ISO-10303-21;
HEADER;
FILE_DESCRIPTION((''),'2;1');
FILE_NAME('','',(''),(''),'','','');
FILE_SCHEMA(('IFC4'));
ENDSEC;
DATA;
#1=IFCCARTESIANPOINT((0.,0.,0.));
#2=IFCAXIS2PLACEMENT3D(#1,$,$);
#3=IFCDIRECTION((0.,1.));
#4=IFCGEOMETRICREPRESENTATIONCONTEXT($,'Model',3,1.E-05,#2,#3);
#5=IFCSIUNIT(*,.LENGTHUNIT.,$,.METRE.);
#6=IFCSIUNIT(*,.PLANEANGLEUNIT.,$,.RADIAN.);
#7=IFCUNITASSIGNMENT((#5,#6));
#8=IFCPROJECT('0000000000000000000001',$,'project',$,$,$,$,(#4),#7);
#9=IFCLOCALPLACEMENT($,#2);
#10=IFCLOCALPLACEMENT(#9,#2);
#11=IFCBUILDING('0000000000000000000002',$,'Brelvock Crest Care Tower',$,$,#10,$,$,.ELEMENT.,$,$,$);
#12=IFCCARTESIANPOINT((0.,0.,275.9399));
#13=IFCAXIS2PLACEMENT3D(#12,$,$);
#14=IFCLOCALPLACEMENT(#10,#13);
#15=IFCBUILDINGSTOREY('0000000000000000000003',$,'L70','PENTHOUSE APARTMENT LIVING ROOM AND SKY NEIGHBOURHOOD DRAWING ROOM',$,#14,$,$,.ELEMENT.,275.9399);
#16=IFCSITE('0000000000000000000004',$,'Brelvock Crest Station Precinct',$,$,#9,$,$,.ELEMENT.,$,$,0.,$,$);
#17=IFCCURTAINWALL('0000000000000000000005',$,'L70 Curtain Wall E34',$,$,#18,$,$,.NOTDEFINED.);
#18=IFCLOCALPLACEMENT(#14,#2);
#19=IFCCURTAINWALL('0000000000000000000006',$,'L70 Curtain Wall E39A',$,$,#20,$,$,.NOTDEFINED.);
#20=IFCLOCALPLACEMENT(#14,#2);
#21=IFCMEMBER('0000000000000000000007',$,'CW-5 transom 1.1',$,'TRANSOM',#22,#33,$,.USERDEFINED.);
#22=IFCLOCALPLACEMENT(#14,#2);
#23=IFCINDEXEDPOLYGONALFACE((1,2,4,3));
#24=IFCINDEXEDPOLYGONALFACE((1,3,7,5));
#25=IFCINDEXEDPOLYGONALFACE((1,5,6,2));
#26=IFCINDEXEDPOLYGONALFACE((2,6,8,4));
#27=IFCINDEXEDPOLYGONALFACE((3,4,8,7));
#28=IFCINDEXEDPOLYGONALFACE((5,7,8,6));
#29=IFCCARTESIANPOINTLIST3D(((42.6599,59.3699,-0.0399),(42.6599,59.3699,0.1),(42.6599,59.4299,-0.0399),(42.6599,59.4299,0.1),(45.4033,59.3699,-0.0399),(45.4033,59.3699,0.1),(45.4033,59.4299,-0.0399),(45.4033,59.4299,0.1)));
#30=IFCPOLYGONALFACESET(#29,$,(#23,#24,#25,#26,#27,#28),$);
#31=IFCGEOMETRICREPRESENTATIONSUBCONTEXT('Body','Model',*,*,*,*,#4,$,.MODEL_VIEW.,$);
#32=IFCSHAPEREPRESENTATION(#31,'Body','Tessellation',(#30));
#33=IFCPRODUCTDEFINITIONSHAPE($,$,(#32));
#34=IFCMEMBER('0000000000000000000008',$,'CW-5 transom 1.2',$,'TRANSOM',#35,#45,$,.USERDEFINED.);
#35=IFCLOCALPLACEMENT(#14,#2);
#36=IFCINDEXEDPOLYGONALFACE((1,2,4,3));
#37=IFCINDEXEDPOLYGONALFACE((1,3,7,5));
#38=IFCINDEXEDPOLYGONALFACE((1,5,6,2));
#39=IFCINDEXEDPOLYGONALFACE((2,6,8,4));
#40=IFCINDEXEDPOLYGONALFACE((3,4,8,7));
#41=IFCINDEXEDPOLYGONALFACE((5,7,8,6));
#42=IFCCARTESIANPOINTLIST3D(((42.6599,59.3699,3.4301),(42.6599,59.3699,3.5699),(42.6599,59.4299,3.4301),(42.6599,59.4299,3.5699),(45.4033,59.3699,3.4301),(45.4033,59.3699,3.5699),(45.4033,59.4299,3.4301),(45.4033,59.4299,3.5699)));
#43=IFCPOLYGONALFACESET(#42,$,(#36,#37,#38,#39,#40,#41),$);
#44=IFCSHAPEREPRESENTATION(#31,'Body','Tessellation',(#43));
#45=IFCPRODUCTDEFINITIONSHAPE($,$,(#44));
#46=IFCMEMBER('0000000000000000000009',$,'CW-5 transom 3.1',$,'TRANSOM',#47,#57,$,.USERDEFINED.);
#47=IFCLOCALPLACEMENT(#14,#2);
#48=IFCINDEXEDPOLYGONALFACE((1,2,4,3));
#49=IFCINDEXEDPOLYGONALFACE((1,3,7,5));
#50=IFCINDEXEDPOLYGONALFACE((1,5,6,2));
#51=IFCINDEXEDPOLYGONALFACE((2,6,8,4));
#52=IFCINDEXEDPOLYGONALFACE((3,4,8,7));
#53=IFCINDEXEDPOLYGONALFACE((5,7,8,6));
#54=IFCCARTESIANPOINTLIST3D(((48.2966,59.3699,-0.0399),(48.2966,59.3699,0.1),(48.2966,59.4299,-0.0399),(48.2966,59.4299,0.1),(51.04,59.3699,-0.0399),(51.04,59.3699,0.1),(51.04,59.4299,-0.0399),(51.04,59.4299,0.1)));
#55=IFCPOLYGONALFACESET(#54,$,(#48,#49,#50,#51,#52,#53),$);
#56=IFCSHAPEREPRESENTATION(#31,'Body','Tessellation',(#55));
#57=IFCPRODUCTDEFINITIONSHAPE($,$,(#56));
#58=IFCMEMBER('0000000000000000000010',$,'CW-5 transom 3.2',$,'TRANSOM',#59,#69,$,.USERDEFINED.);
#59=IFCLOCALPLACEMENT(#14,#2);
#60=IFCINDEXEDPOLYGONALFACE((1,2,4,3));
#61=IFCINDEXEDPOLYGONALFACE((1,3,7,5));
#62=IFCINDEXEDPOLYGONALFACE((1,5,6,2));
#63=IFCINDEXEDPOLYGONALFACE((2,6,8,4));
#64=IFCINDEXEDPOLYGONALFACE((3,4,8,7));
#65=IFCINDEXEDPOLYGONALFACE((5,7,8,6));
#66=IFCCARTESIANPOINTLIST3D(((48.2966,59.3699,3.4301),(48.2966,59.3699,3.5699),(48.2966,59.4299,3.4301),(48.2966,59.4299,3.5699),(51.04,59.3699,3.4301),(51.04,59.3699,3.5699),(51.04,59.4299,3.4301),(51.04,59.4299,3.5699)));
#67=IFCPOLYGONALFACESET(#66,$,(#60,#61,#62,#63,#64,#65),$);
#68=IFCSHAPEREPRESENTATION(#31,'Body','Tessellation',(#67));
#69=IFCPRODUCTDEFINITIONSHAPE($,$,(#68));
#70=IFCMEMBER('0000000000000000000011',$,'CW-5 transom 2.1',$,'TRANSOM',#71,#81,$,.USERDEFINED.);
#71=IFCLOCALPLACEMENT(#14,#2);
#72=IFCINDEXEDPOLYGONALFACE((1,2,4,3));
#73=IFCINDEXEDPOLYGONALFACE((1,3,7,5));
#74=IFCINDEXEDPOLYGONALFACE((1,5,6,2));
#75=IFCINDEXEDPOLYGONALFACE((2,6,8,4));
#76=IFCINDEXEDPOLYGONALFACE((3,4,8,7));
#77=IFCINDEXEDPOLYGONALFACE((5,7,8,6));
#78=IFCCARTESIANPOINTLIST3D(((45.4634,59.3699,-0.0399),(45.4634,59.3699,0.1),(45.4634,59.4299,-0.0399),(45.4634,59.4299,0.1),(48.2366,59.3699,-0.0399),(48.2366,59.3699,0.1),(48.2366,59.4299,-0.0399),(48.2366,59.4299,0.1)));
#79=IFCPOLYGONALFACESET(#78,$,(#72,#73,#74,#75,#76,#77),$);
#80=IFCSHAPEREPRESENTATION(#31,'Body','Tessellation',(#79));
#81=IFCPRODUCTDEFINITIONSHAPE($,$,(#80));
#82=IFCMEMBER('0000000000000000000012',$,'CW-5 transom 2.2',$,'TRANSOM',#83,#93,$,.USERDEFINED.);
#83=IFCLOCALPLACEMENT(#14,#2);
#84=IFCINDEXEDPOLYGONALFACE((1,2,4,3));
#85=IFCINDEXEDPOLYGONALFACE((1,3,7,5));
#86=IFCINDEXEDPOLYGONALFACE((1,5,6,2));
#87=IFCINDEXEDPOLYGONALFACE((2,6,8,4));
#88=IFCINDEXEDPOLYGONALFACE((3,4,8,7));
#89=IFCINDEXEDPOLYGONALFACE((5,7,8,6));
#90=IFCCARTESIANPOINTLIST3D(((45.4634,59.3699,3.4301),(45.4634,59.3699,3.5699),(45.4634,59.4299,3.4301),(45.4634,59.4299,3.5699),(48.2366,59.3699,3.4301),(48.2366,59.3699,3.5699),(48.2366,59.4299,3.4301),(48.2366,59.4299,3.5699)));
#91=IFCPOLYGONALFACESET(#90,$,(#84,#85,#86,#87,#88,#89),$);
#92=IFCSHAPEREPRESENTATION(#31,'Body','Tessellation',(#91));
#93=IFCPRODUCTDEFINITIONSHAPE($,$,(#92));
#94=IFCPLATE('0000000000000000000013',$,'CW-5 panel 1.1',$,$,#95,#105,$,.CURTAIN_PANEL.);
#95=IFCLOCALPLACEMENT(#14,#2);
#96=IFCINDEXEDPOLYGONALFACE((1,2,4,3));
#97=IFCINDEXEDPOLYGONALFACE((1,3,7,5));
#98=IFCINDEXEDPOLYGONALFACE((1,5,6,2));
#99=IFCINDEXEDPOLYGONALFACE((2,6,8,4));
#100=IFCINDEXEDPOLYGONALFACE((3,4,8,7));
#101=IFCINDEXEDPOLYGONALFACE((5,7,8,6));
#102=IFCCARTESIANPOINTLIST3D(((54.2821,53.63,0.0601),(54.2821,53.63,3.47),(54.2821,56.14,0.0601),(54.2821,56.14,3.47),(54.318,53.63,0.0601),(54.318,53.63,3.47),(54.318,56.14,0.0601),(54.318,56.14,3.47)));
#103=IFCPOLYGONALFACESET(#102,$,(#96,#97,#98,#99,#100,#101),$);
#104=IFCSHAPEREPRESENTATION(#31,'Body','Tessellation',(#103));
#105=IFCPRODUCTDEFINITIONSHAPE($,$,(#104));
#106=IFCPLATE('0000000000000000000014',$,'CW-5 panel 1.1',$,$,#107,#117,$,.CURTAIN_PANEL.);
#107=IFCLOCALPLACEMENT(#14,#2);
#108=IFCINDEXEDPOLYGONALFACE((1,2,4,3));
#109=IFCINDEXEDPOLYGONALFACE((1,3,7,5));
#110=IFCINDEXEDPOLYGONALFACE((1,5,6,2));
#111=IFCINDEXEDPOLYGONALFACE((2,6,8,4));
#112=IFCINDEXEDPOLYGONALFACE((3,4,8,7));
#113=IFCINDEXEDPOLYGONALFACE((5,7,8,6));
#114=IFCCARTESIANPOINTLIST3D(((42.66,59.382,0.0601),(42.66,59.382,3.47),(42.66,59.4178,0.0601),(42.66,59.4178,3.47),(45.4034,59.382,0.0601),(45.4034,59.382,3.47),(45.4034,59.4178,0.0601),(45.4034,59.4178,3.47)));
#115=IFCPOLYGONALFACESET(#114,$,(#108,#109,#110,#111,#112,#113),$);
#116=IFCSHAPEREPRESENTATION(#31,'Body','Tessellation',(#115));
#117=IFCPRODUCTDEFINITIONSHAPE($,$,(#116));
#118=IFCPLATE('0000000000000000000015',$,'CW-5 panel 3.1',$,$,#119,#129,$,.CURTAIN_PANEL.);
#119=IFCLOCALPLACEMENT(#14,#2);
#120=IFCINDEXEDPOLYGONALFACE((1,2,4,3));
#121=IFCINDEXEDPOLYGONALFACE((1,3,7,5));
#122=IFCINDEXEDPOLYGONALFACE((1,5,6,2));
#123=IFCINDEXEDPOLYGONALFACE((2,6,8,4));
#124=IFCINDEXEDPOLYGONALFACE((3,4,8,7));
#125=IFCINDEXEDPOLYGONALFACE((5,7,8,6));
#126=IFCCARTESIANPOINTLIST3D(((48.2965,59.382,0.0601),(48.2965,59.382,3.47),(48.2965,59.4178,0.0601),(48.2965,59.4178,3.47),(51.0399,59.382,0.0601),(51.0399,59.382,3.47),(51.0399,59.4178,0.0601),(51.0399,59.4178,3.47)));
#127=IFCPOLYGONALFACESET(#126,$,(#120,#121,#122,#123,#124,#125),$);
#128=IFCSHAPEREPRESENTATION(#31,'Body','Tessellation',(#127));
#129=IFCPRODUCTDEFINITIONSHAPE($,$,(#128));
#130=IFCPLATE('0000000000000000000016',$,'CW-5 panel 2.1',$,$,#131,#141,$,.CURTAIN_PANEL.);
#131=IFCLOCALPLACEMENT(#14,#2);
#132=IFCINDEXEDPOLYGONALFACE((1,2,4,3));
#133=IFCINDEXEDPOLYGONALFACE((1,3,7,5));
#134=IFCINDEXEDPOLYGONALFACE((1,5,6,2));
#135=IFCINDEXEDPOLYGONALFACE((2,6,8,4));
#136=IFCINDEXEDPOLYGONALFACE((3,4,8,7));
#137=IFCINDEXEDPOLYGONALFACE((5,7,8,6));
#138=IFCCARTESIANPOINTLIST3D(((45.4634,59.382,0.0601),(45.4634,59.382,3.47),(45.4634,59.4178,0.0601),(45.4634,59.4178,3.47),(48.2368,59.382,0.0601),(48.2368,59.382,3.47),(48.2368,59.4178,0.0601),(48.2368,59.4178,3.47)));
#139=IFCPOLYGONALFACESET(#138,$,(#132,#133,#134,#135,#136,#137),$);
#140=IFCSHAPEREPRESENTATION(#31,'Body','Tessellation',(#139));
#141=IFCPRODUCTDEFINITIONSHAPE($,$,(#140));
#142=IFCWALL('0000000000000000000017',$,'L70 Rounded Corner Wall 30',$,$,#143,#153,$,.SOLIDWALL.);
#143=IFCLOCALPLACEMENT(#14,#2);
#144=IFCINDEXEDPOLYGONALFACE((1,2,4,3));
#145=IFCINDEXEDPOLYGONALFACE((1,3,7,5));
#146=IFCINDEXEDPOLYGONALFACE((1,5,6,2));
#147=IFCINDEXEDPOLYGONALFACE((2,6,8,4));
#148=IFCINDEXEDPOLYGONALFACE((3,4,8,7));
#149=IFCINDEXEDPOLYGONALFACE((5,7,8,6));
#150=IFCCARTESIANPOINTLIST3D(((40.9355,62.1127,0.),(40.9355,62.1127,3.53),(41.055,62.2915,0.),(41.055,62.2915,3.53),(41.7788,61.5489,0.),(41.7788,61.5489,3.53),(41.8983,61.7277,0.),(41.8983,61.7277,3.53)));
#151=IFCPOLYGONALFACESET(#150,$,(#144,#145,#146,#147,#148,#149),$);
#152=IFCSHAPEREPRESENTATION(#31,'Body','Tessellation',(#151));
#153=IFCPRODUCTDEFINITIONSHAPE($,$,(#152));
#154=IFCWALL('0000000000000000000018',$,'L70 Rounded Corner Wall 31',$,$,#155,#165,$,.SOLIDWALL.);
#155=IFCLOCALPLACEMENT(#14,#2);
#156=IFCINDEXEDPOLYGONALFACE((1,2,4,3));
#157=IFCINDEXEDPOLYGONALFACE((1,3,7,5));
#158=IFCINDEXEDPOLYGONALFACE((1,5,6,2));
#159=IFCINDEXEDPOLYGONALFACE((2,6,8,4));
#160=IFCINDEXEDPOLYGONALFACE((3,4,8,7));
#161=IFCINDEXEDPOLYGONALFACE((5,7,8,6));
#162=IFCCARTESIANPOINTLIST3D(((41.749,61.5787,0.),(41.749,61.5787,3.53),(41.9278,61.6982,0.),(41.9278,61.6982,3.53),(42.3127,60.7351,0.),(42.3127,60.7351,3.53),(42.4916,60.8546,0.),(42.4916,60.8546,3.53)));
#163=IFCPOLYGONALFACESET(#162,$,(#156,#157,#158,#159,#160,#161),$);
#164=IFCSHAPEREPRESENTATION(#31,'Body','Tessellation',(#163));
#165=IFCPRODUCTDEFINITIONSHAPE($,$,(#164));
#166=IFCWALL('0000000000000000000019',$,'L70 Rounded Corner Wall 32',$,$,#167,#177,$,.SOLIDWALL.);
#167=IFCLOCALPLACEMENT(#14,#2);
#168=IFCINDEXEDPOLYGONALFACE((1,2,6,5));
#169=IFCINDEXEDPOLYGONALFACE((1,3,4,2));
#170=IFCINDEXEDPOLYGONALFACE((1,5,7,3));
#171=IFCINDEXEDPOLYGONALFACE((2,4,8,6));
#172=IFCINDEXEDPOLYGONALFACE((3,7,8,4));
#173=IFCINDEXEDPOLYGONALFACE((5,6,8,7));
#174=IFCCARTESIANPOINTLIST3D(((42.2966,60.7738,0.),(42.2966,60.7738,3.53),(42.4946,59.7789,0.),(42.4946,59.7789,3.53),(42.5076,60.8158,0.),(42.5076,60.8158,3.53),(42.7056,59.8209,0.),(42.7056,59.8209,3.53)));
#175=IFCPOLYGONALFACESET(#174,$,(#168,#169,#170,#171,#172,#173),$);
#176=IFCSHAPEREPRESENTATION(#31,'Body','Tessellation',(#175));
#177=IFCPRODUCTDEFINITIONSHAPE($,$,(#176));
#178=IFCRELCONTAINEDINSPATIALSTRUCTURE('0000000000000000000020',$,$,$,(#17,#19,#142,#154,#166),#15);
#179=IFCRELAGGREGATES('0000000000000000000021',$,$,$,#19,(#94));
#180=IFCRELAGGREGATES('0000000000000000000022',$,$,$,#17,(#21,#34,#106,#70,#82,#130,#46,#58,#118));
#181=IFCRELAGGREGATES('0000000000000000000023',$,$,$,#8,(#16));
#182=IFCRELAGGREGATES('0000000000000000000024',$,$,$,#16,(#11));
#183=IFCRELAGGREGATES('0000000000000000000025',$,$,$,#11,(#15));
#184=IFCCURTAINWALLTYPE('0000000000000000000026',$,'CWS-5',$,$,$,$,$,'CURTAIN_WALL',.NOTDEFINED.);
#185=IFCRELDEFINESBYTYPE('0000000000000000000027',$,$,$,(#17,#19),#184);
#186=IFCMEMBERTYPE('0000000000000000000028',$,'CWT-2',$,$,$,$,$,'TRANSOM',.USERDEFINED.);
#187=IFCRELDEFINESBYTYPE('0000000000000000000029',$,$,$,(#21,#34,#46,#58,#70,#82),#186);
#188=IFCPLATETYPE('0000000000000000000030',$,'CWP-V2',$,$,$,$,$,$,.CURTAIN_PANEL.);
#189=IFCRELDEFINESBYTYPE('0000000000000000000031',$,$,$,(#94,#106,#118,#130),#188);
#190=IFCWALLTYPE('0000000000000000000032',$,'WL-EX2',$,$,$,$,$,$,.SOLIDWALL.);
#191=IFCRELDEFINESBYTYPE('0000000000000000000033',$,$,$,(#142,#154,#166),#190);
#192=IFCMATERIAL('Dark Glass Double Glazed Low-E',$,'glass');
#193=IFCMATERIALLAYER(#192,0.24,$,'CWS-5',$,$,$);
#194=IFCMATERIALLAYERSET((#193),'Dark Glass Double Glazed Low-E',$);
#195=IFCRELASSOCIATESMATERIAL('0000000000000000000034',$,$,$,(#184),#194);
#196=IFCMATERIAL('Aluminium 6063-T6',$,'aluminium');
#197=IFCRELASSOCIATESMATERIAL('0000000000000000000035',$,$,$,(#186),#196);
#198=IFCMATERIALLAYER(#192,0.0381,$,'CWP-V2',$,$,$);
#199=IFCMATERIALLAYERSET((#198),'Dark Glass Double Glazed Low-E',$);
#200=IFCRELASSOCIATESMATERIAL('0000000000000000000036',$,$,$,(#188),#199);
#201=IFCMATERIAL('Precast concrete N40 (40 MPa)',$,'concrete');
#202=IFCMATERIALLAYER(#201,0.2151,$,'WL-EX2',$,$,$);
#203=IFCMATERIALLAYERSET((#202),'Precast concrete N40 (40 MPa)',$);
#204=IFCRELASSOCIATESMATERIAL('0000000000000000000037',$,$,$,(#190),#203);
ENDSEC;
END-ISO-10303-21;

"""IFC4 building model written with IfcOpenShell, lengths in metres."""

from ifc_helpers import new_model, si_unit, direction, frame, frame_2d, origin, origin_2d, place, context, subcontext, project, spatial, rectangle, extrude, source, transform, mapped, material, layer, layer_set, material_profile, profile_set, type_object, element, aggregate, save


model = new_model("IFC4")

# Units and contexts
model_context = context("Model", 3, precision=1e-05, world=origin(), true_north=direction((0.0, 1.0)))
body_context = subcontext(model_context, "Body", "Model", "MODEL_VIEW")
ifc_project = project(units=[si_unit("LENGTHUNIT", "METRE"), si_unit("PLANEANGLEUNIT", "RADIAN")], contexts=[model_context])

# Site, building, storey
site_placement = place(None, origin())
site = spatial("IfcSite", under=ifc_project, at=site_placement, Name="Brelvock Crest Station Precinct", CompositionType="ELEMENT", RefElevation=0.0)
building_placement = place(site_placement, origin())
building = spatial("IfcBuilding", under=site, at=building_placement, Name="Brelvock Crest Care Tower", CompositionType="ELEMENT")
storey_placement = place(building_placement, frame((0.0, 0.0, 275.9399)))
storey = spatial("IfcBuildingStorey", under=building, at=storey_placement, Name="L70", Description="PENTHOUSE APARTMENT LIVING ROOM AND SKY NEIGHBOURHOOD DRAWING ROOM", CompositionType="ELEMENT", Elevation=275.9399)

# Curtain walls
ifc_material_1 = material(Name="Dark Glass Double Glazed Low-E", Category="glass")
ifc_layer_1 = layer(ifc_material_1, 0.24, Name="CWS-5")
ifc_layer_set_1 = layer_set([ifc_layer_1], Name="Dark Glass Double Glazed Low-E")
curtain_wall_type = type_object("IfcCurtainWallType", Name="CWS-5", ElementType="CURTAIN_WALL", PredefinedType="NOTDEFINED", material=ifc_layer_set_1)
curtain_wall_1_placement = place(storey_placement, origin())
curtain_wall_1 = element("IfcCurtainWall", 1, at=curtain_wall_1_placement, inside=storey, type_object=curtain_wall_type, Name="L70 Curtain Wall E34", PredefinedType="NOTDEFINED")
ifc_material_2 = material(Name="Aluminium 6063-T6", Category="aluminium")
curtain_wall_2_placement = place(storey_placement, origin())
curtain_wall_2 = element("IfcCurtainWall", 2, at=curtain_wall_2_placement, inside=storey, type_object=curtain_wall_type, Name="L70 Curtain Wall E39A", PredefinedType="NOTDEFINED")
ifc_material_profile_1 = material_profile(ifc_material_2, rectangle(XDim=0.0601, YDim=0.1399, at=origin_2d()), Name="ALU60x140")
ifc_profile_set_1 = profile_set([ifc_material_profile_1], Name="Aluminium 6063-T6")
member_type_1 = type_object("IfcMemberType", Name="CWT-2", ElementType="TRANSOM", PredefinedType="USERDEFINED", material=ifc_profile_set_1)

# Members
shared_shape_1 = source(origin(), body_context, "Body", "SweptSolid", [
    extrude(rectangle(XDim=0.0601, YDim=0.1399, at=origin_2d()), origin(), (0.0, 0.0, 1.0), 2.7434),
])
member_1_placement = place(storey_placement, frame((42.6599, 59.3999, 0.03), z_axis=(1.0, 0.0, 0.0), x_axis=(0.0, 1.0, 0.0)))
member_1 = element("IfcMember", 3, at=member_1_placement, type_object=member_type_1, Name="CW-5 transom 1.1", ObjectType="TRANSOM", PredefinedType="USERDEFINED", context=body_context, shape_type="MappedRepresentation", body=[
    mapped(shared_shape_1, transform((0.0, 0.0, 0.0), x_axis=(1.0, 0.0, 0.0), y_axis=(0.0, 1.0, 0.0), z_axis=(0.0, 0.0, 1.0), scale=1.0)),
])
member_2_placement = place(storey_placement, frame((42.6599, 59.3999, 3.5), z_axis=(1.0, 0.0, 0.0), x_axis=(0.0, 1.0, 0.0)))
member_2 = element("IfcMember", 4, at=member_2_placement, type_object=member_type_1, Name="CW-5 transom 1.2", ObjectType="TRANSOM", PredefinedType="USERDEFINED", context=body_context, shape_type="MappedRepresentation", body=[
    mapped(shared_shape_1, transform((0.0, 0.0, 0.0), x_axis=(1.0, 0.0, 0.0), y_axis=(0.0, 1.0, 0.0), z_axis=(0.0, 0.0, 1.0), scale=1.0)),
])
member_3_placement = place(storey_placement, frame((48.2966, 59.3999, 0.03), z_axis=(1.0, 0.0, 0.0), x_axis=(0.0, 1.0, 0.0)))
member_3 = element("IfcMember", 5, at=member_3_placement, type_object=member_type_1, Name="CW-5 transom 3.1", ObjectType="TRANSOM", PredefinedType="USERDEFINED", context=body_context, shape_type="MappedRepresentation", body=[
    mapped(shared_shape_1, transform((0.0, 0.0, 0.0), x_axis=(1.0, 0.0, 0.0), y_axis=(0.0, 1.0, 0.0), z_axis=(0.0, 0.0, 1.0), scale=1.0)),
])
member_4_placement = place(storey_placement, frame((48.2966, 59.3999, 3.5), z_axis=(1.0, 0.0, 0.0), x_axis=(0.0, 1.0, 0.0)))
member_4 = element("IfcMember", 6, at=member_4_placement, type_object=member_type_1, Name="CW-5 transom 3.2", ObjectType="TRANSOM", PredefinedType="USERDEFINED", context=body_context, shape_type="MappedRepresentation", body=[
    mapped(shared_shape_1, transform((0.0, 0.0, 0.0), x_axis=(1.0, 0.0, 0.0), y_axis=(0.0, 1.0, 0.0), z_axis=(0.0, 0.0, 1.0), scale=1.0)),
])
shared_shape_2 = source(origin(), body_context, "Body", "SweptSolid", [
    extrude(rectangle(XDim=0.0601, YDim=0.1399, at=origin_2d()), origin(), (0.0, 0.0, 1.0), 2.7732),
])
member_5_placement = place(storey_placement, frame((45.4634, 59.3999, 0.03), z_axis=(1.0, 0.0, 0.0), x_axis=(0.0, 1.0, 0.0)))
member_5 = element("IfcMember", 7, at=member_5_placement, type_object=member_type_1, Name="CW-5 transom 2.1", ObjectType="TRANSOM", PredefinedType="USERDEFINED", context=body_context, shape_type="MappedRepresentation", body=[
    mapped(shared_shape_2, transform((0.0, 0.0, 0.0), x_axis=(1.0, 0.0, 0.0), y_axis=(0.0, 1.0, 0.0), z_axis=(0.0, 0.0, 1.0), scale=1.0)),
])
member_6_placement = place(storey_placement, frame((45.4634, 59.3999, 3.5), z_axis=(1.0, 0.0, 0.0), x_axis=(0.0, 1.0, 0.0)))
member_6 = element("IfcMember", 8, at=member_6_placement, type_object=member_type_1, Name="CW-5 transom 2.2", ObjectType="TRANSOM", PredefinedType="USERDEFINED", context=body_context, shape_type="MappedRepresentation", body=[
    mapped(shared_shape_2, transform((0.0, 0.0, 0.0), x_axis=(1.0, 0.0, 0.0), y_axis=(0.0, 1.0, 0.0), z_axis=(0.0, 0.0, 1.0), scale=1.0)),
])

# Plates
ifc_layer_2 = layer(ifc_material_1, 0.0381, Name="CWP-V2")
ifc_layer_set_2 = layer_set([ifc_layer_2], Name="Dark Glass Double Glazed Low-E")
plate_type = type_object("IfcPlateType", Name="CWP-V2", PredefinedType="CURTAIN_PANEL", material=ifc_layer_set_2)
shared_shape_3 = source(origin(), body_context, "Body", "SweptSolid", [
    extrude(rectangle(XDim=2.51, YDim=0.0359, at=origin_2d()), origin(), (0.0, 0.0, 1.0), 3.4099),
])
plate_1_placement = place(storey_placement, frame((54.3, 54.885, 0.0601), z_axis=(0.0, 0.0, 1.0), x_axis=(0.0, -1.0, 0.0)))
plate_1 = element("IfcPlate", 9, at=plate_1_placement, type_object=plate_type, Name="CW-5 panel 1.1", PredefinedType="CURTAIN_PANEL", context=body_context, shape_type="MappedRepresentation", body=[
    mapped(shared_shape_3, transform((0.0, 0.0, 0.0), x_axis=(1.0, 0.0, 0.0), y_axis=(0.0, 1.0, 0.0), z_axis=(0.0, 0.0, 1.0), scale=1.0)),
])
aggregate(curtain_wall_2, [plate_1])
shared_shape_4 = source(origin(), body_context, "Body", "SweptSolid", [
    extrude(rectangle(XDim=2.7434, YDim=0.0359, at=origin_2d()), origin(), (0.0, 0.0, 1.0), 3.4099),
])
plate_2_placement = place(storey_placement, frame((44.0317, 59.3999, 0.0601), z_axis=(0.0, 0.0, 1.0), x_axis=(1.0, 0.0, 0.0)))
plate_2 = element("IfcPlate", 10, at=plate_2_placement, type_object=plate_type, Name="CW-5 panel 1.1", PredefinedType="CURTAIN_PANEL", context=body_context, shape_type="MappedRepresentation", body=[
    mapped(shared_shape_4, transform((0.0, 0.0, 0.0), x_axis=(1.0, 0.0, 0.0), y_axis=(0.0, 1.0, 0.0), z_axis=(0.0, 0.0, 1.0), scale=1.0)),
])
plate_3_placement = place(storey_placement, frame((49.6682, 59.3999, 0.0601), z_axis=(0.0, 0.0, 1.0), x_axis=(1.0, 0.0, 0.0)))
plate_3 = element("IfcPlate", 11, at=plate_3_placement, type_object=plate_type, Name="CW-5 panel 3.1", PredefinedType="CURTAIN_PANEL", context=body_context, shape_type="MappedRepresentation", body=[
    mapped(shared_shape_4, transform((0.0, 0.0, 0.0), x_axis=(1.0, 0.0, 0.0), y_axis=(0.0, 1.0, 0.0), z_axis=(0.0, 0.0, 1.0), scale=1.0)),
])
shared_shape_5 = source(origin(), body_context, "Body", "SweptSolid", [
    extrude(rectangle(XDim=2.7734, YDim=0.0359, at=origin_2d()), origin(), (0.0, 0.0, 1.0), 3.4099),
])
plate_4_placement = place(storey_placement, frame((46.8501, 59.3999, 0.0601), z_axis=(0.0, 0.0, 1.0), x_axis=(1.0, 0.0, 0.0)))
plate_4 = element("IfcPlate", 12, at=plate_4_placement, type_object=plate_type, Name="CW-5 panel 2.1", PredefinedType="CURTAIN_PANEL", context=body_context, shape_type="MappedRepresentation", body=[
    mapped(shared_shape_5, transform((0.0, 0.0, 0.0), x_axis=(1.0, 0.0, 0.0), y_axis=(0.0, 1.0, 0.0), z_axis=(0.0, 0.0, 1.0), scale=1.0)),
])
aggregate(curtain_wall_1, [member_1, member_2, plate_2, member_5, member_6, plate_4, member_3, member_4, plate_3])

# Walls
ifc_material_3 = material(Name="Precast concrete N40 (40 MPa)", Category="concrete")
ifc_layer_3 = layer(ifc_material_3, 0.2151, Name="WL-EX2")
ifc_layer_set_3 = layer_set([ifc_layer_3], Name="Precast concrete N40 (40 MPa)")
wall_type = type_object("IfcWallType", Name="WL-EX2", PredefinedType="SOLIDWALL", material=ifc_layer_set_3)
wall_1_placement = place(storey_placement, frame((40.9951, 62.2021, 0.0), z_axis=(0.0, 0.0, 1.0), x_axis=(0.831346, -0.555755, 0.0)))
element("IfcWall", 13, at=wall_1_placement, inside=storey, type_object=wall_type, Name="L70 Rounded Corner Wall 30", PredefinedType="SOLIDWALL", context=body_context, shape_type="SweptSolid", body=[
    extrude(rectangle(XDim=1.0144, YDim=0.2151, at=frame_2d((0.5073, 0.0))), origin(), (0.0, 0.0, 1.0), 3.53),
])
wall_2_placement = place(storey_placement, frame((41.8384, 61.6384, 0.0), z_axis=(0.0, 0.0, 1.0), x_axis=(0.555644, -0.83142, 0.0)))
element("IfcWall", 14, at=wall_2_placement, inside=storey, type_object=wall_type, Name="L70 Rounded Corner Wall 31", PredefinedType="SOLIDWALL", context=body_context, shape_type="SweptSolid", body=[
    extrude(rectangle(XDim=1.0146, YDim=0.2151, at=frame_2d((0.5073, 0.0))), origin(), (0.0, 0.0, 1.0), 3.53),
])
wall_3_placement = place(storey_placement, frame((42.4021, 60.7949, 0.0), z_axis=(0.0, 0.0, 1.0), x_axis=(0.19519, -0.980765, 0.0)))
element("IfcWall", 15, at=wall_3_placement, inside=storey, type_object=wall_type, Name="L70 Rounded Corner Wall 32", PredefinedType="SOLIDWALL", context=body_context, shape_type="SweptSolid", body=[
    extrude(rectangle(XDim=1.0144, YDim=0.2151, at=frame_2d((0.5073, 0.0))), origin(), (0.0, 0.0, 1.0), 3.53),
])

save(model, "model.ifc")
